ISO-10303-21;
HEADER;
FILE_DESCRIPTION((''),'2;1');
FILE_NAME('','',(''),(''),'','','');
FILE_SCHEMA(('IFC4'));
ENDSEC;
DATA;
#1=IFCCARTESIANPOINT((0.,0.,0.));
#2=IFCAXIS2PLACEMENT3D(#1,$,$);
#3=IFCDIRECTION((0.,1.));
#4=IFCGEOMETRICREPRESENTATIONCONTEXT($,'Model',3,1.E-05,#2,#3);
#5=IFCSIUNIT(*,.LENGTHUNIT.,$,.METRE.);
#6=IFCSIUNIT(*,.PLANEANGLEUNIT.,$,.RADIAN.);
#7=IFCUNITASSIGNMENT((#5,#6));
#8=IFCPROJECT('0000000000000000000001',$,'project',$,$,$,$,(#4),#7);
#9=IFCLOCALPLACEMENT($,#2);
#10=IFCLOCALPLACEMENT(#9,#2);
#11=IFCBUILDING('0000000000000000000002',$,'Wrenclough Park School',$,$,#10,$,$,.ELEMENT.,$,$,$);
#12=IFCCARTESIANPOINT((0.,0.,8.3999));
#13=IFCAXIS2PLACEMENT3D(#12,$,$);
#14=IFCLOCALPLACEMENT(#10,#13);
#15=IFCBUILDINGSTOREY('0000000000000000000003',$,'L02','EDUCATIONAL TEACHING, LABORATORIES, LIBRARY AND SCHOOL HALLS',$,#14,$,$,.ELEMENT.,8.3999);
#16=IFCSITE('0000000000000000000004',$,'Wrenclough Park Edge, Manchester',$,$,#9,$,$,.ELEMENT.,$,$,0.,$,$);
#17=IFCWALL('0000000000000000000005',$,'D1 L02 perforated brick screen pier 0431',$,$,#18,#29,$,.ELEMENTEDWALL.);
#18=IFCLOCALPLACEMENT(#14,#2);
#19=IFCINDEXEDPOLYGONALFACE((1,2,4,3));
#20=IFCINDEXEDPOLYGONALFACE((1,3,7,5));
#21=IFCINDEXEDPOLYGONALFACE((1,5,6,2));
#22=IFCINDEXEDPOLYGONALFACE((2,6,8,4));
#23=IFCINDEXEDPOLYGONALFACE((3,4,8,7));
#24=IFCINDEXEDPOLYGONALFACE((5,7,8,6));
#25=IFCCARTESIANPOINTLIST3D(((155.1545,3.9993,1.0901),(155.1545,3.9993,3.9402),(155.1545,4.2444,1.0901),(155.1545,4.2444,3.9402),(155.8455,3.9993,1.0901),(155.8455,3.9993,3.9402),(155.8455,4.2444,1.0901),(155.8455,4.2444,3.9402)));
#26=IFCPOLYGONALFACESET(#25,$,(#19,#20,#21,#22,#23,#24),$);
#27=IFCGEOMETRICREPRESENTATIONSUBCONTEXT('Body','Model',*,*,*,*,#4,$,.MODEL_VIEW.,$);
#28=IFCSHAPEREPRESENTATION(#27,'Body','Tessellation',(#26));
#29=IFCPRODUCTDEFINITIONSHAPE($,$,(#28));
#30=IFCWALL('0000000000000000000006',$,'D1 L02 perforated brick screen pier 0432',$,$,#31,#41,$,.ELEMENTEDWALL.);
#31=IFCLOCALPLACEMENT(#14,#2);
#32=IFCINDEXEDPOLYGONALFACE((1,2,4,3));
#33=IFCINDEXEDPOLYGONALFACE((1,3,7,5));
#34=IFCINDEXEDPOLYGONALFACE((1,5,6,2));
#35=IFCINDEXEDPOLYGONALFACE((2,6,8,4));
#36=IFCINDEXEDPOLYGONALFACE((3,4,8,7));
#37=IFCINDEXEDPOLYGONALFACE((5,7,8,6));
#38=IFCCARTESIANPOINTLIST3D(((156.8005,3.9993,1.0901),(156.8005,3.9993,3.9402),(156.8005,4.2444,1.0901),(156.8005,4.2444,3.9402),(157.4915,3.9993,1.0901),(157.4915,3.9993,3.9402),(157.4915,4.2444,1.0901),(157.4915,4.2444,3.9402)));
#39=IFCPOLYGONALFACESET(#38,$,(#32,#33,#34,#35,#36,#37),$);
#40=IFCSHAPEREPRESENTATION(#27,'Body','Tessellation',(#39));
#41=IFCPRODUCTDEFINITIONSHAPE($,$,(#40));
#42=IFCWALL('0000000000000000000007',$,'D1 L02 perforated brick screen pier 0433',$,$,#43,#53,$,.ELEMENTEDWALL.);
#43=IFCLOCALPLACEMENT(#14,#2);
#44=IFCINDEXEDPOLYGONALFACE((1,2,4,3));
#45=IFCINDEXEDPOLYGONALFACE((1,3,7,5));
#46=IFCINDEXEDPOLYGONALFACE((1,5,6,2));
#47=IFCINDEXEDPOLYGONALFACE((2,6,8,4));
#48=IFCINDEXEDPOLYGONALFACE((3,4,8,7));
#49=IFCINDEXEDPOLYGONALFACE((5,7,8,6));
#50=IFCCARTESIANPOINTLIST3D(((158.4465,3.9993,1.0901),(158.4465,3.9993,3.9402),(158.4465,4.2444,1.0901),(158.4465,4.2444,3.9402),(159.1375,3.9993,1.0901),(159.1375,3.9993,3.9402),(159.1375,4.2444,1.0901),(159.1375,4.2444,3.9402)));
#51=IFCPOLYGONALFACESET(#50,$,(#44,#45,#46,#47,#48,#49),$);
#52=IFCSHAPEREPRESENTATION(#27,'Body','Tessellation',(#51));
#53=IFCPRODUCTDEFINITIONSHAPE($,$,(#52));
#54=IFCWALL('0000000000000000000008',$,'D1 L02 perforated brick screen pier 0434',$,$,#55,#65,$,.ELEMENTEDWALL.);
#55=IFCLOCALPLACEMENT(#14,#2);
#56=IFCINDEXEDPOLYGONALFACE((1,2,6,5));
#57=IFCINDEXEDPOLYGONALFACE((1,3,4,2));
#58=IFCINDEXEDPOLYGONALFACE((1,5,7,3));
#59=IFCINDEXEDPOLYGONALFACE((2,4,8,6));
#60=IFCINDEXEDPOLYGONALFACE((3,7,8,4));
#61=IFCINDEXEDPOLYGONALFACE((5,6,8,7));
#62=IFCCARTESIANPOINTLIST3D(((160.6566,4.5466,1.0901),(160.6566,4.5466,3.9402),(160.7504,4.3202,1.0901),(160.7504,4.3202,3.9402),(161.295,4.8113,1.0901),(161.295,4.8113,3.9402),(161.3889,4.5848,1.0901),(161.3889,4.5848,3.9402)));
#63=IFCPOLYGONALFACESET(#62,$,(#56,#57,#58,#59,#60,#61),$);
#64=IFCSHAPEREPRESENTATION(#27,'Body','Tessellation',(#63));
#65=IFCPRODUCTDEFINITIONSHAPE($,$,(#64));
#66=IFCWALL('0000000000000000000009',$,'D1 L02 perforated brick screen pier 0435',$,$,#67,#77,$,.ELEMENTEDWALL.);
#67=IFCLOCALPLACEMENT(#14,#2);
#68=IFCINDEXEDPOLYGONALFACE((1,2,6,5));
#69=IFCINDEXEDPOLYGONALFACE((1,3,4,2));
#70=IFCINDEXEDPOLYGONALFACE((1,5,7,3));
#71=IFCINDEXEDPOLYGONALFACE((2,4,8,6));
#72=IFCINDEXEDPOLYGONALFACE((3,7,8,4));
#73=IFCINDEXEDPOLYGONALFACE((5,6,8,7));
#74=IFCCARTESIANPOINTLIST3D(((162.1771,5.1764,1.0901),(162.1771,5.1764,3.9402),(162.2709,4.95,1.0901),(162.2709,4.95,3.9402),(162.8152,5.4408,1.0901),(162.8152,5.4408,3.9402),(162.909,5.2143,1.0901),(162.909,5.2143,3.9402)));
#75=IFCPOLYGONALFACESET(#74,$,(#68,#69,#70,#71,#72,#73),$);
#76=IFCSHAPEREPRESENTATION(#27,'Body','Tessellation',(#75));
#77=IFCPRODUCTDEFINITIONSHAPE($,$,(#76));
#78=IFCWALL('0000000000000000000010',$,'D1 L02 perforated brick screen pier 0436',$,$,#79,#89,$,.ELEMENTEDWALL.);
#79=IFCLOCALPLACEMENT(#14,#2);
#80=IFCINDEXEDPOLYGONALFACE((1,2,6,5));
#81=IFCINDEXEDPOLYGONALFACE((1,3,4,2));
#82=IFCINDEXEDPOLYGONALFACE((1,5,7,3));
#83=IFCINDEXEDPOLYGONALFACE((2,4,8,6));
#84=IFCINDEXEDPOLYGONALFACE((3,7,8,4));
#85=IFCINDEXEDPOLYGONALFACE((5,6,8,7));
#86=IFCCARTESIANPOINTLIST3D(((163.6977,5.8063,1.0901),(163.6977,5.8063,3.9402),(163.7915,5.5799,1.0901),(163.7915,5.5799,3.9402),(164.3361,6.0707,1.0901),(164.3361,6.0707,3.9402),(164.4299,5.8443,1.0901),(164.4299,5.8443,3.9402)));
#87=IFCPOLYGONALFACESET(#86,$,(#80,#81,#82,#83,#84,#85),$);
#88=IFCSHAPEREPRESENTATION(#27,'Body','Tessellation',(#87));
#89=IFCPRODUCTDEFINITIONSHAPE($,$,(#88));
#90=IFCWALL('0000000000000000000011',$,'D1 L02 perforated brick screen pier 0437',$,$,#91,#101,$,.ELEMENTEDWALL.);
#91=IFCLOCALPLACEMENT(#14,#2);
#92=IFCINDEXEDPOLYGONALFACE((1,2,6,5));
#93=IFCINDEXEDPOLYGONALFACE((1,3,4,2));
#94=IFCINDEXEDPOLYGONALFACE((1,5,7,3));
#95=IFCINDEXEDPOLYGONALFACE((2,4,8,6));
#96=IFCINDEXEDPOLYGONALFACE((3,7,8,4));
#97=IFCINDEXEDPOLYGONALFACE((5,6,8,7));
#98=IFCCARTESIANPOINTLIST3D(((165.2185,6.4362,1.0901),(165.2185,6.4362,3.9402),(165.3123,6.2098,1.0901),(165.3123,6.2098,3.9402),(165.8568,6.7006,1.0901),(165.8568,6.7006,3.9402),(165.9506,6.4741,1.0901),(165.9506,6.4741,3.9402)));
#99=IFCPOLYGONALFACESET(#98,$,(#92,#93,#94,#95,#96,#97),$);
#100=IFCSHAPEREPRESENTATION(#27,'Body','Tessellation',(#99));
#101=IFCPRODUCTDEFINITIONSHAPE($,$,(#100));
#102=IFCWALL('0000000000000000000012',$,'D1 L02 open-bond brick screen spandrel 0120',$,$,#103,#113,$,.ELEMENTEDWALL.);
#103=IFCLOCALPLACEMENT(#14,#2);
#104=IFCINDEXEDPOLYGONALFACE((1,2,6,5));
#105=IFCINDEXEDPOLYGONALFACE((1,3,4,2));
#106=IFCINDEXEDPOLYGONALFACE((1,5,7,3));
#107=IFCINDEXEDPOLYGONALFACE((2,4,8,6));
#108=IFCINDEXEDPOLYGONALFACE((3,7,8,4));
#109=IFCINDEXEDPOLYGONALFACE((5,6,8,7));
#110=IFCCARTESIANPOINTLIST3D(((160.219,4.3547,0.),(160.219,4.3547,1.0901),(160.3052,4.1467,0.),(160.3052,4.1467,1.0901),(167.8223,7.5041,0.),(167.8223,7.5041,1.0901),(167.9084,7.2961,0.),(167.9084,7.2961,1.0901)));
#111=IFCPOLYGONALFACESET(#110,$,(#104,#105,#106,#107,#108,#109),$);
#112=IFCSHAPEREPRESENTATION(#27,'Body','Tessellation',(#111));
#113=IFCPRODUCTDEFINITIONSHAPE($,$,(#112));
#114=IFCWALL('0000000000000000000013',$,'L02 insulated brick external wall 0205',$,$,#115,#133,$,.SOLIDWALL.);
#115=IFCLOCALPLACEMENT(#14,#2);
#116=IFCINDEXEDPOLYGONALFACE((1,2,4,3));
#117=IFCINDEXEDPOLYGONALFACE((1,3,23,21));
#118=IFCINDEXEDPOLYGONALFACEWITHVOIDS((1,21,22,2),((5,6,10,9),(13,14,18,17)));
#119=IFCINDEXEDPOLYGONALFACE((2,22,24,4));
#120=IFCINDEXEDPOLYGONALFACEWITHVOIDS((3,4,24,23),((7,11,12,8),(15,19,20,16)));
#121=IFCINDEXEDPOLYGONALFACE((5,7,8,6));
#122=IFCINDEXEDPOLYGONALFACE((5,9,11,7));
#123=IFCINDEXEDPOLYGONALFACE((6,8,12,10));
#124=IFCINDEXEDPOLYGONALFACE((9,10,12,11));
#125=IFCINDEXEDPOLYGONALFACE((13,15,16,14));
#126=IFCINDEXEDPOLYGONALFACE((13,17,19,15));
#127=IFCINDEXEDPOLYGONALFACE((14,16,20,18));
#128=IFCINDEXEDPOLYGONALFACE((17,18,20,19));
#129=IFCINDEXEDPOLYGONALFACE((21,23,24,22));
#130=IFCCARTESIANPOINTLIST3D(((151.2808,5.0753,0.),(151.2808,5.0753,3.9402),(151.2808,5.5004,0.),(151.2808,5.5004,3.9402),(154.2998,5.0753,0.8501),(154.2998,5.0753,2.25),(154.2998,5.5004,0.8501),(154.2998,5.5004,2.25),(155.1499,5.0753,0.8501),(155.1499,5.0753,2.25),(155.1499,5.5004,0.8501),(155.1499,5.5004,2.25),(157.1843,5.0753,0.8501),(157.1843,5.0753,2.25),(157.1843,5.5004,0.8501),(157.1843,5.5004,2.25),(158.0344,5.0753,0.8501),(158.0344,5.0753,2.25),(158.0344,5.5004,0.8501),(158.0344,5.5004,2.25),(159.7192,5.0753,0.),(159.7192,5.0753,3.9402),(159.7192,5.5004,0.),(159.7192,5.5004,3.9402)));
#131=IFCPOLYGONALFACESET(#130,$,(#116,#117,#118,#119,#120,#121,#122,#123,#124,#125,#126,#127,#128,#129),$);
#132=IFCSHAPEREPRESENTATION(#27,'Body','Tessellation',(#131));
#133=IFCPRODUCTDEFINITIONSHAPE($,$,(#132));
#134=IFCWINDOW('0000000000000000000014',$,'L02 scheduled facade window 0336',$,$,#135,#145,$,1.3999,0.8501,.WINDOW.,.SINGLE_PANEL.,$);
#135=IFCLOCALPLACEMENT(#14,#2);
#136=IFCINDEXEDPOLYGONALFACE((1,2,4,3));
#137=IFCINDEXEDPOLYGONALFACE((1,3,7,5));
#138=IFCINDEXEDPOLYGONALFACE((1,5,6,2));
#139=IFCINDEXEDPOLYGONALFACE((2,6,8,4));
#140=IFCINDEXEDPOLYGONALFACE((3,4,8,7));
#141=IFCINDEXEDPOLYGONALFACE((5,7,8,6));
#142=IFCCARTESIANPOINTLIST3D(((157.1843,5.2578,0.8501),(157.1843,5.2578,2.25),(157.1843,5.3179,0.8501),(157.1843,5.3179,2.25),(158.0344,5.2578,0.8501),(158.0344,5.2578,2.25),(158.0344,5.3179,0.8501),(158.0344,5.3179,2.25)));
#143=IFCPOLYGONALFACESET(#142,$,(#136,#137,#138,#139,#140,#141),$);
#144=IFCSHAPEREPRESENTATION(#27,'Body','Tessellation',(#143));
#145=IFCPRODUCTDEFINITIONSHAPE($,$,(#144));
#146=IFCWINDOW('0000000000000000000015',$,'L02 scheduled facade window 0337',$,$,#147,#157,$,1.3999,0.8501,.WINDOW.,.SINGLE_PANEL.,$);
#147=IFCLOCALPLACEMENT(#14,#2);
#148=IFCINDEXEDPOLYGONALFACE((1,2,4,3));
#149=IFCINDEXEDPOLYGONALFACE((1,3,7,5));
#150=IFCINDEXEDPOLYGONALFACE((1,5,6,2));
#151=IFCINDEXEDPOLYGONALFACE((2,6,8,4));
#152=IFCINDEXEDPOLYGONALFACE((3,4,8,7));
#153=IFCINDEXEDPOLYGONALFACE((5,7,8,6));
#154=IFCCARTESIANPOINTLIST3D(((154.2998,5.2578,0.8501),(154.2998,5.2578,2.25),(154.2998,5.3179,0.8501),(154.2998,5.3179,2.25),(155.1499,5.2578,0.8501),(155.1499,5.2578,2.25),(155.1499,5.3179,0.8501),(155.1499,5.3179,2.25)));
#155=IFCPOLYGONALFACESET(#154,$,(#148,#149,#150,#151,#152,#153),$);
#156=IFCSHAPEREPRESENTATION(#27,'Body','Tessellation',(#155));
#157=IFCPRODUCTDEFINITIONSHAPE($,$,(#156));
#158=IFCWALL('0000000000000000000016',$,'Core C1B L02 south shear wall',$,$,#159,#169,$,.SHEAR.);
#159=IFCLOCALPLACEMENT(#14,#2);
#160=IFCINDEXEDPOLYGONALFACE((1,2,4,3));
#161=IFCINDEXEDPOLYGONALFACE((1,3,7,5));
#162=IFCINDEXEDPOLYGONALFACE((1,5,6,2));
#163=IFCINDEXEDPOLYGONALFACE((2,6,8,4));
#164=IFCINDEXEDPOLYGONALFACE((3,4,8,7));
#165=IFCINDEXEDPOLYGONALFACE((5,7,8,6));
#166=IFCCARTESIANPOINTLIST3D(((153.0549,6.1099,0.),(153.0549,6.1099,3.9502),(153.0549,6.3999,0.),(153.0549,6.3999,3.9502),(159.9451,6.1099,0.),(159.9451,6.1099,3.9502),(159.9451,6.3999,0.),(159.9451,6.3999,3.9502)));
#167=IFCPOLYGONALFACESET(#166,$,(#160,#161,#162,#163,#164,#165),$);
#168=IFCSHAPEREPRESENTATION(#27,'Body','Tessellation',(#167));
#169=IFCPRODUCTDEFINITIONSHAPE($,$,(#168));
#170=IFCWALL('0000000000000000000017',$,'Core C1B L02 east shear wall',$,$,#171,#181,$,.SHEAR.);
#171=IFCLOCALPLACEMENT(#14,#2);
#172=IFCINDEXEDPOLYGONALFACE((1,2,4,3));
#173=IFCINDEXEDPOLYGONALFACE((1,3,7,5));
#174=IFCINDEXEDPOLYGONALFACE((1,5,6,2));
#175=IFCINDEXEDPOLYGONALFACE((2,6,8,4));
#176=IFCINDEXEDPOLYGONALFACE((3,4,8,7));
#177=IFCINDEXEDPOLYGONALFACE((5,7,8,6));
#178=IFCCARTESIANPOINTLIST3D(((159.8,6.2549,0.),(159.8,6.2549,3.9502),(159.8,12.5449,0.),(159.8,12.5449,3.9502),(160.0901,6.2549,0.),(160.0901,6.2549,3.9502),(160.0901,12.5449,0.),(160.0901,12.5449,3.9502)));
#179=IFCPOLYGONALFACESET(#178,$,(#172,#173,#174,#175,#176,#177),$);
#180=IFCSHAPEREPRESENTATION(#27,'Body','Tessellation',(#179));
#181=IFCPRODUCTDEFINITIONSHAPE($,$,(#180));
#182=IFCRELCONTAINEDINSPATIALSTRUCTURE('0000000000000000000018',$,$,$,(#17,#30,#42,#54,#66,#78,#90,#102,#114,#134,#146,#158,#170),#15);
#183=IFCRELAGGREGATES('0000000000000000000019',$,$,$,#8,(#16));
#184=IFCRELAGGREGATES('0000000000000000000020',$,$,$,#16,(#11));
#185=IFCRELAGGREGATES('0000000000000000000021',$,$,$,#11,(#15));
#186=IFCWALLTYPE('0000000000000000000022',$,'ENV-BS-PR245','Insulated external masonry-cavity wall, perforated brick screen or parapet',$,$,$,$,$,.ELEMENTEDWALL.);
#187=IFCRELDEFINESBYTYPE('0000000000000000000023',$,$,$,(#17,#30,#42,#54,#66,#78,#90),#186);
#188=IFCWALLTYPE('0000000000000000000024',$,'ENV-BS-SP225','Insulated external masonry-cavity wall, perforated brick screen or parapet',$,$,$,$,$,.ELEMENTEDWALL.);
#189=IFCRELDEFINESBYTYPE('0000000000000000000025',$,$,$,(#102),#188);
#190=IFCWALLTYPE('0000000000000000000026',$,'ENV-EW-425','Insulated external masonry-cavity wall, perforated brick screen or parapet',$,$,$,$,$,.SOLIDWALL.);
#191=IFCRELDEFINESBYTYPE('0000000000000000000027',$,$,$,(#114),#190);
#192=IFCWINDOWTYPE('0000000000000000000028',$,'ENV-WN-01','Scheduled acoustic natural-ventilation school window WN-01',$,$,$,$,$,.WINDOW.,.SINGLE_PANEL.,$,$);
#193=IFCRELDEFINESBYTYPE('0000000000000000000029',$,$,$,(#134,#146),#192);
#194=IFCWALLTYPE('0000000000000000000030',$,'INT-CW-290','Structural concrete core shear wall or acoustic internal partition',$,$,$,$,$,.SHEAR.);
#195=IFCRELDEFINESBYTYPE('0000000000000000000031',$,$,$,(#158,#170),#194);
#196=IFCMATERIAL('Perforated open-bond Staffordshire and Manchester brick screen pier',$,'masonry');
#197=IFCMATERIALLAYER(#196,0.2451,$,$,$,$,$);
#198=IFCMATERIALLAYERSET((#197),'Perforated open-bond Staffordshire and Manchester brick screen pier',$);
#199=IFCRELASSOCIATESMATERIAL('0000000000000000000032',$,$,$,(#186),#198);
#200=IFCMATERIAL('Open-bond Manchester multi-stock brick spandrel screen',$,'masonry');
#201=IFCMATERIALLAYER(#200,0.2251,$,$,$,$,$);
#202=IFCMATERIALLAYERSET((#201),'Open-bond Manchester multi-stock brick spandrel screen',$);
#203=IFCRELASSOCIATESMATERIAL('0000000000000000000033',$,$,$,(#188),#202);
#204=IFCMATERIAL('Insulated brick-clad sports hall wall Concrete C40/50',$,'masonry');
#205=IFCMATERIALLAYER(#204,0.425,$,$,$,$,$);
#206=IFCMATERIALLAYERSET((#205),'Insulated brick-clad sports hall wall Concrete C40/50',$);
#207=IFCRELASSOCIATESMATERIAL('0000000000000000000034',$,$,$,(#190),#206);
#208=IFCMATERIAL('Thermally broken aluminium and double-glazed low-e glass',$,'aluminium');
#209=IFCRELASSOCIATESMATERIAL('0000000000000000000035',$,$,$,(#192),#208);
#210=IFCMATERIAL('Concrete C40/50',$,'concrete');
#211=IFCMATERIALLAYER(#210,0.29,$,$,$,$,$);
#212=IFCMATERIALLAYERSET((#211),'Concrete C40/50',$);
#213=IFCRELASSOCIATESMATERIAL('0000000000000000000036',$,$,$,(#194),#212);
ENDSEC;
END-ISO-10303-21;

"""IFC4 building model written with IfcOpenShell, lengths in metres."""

from ifc_helpers import new_model, si_unit, direction, frame, frame_2d, origin, place, context, subcontext, project, spatial, rectangle, extrude, material, layer, layer_set, type_object, element, fill, save


model = new_model("IFC4")

# Units and contexts
model_context = context("Model", 3, precision=1e-05, world=origin(), true_north=direction((0.0, 1.0)))
body_context = subcontext(model_context, "Body", "Model", "MODEL_VIEW")
ifc_project = project(units=[si_unit("LENGTHUNIT", "METRE"), si_unit("PLANEANGLEUNIT", "RADIAN")], contexts=[model_context])

# Site, building, storey
site_placement = place(None, origin())
site = spatial("IfcSite", under=ifc_project, at=site_placement, Name="Wrenclough Park Edge, Manchester", CompositionType="ELEMENT", RefElevation=0.0)
building_placement = place(site_placement, origin())
building = spatial("IfcBuilding", under=site, at=building_placement, Name="Wrenclough Park School", CompositionType="ELEMENT")
storey_placement = place(building_placement, frame((0.0, 0.0, 8.3999)))
storey = spatial("IfcBuildingStorey", under=building, at=storey_placement, Name="L02", Description="EDUCATIONAL TEACHING, LABORATORIES, LIBRARY AND SCHOOL HALLS", CompositionType="ELEMENT", Elevation=8.3999)

# Shared definitions
ifc_material_1 = material(Name="Concrete C40/50", Category="concrete")

# Walls
ifc_material_2 = material(Name="Perforated open-bond Staffordshire and Manchester brick screen pier", Category="masonry")
ifc_layer_1 = layer(ifc_material_2, 0.2451)
ifc_layer_set_1 = layer_set([ifc_layer_1], Name="Perforated open-bond Staffordshire and Manchester brick screen pier")
wall_type_1 = type_object("IfcWallType", Name="ENV-BS-PR245", Description="Insulated external masonry-cavity wall, perforated brick screen or parapet", PredefinedType="ELEMENTEDWALL", material=ifc_layer_set_1)
for number, where, z_axis, x_axis, name in (
    (1, (155.1545, 4.1218, 1.0901), (0.0, 0.0, 1.0), (1.0, 0.0, 0.0), "D1 L02 perforated brick screen pier 0431"),
    (2, (156.8005, 4.1218, 1.0901), (0.0, 0.0, 1.0), (1.0, 0.0, 0.0), "D1 L02 perforated brick screen pier 0432"),
    (3, (158.4465, 4.1218, 1.0901), (0.0, 0.0, 1.0), (1.0, 0.0, 0.0), "D1 L02 perforated brick screen pier 0433"),
):
    element("IfcWall", number, at=place(storey_placement, frame(where, z_axis=z_axis, x_axis=x_axis)), inside=storey, type_object=wall_type_1, Name=name, PredefinedType="ELEMENTEDWALL", context=body_context, shape_type="SweptSolid", body=[
        extrude(rectangle(XDim=0.6909, YDim=0.2451, at=frame_2d((0.3455, 0.0))), origin(), (0.0, 0.0, 1.0), 2.8501),
    ])
wall_1_placement = place(storey_placement, frame((160.7034, 4.4333, 1.0901), z_axis=(0.0, 0.0, 1.0), x_axis=(0.923776, 0.382934, 0.0)))
element("IfcWall", 4, at=wall_1_placement, inside=storey, type_object=wall_type_1, Name="D1 L02 perforated brick screen pier 0434", PredefinedType="ELEMENTEDWALL", context=body_context, shape_type="SweptSolid", body=[
    extrude(rectangle(XDim=0.6912, YDim=0.2451, at=frame_2d((0.3457, 0.0))), origin(), (0.0, 0.0, 1.0), 2.8501),
])
wall_2_placement = place(storey_placement, frame((162.2241, 5.0632, 1.0901), z_axis=(0.0, 0.0, 1.0), x_axis=(0.923849, 0.382758, 0.0)))
element("IfcWall", 5, at=wall_2_placement, inside=storey, type_object=wall_type_1, Name="D1 L02 perforated brick screen pier 0435", PredefinedType="ELEMENTEDWALL", context=body_context, shape_type="SweptSolid", body=[
    extrude(rectangle(XDim=0.6907, YDim=0.2451, at=frame_2d((0.3452, 0.0))), origin(), (0.0, 0.0, 1.0), 2.8501),
])
for number, where, z_axis, x_axis, name in (
    (6, (163.7446, 5.6931, 1.0901), (0.0, 0.0, 1.0), (0.923901, 0.382633, 0.0), "D1 L02 perforated brick screen pier 0436"),
    (7, (165.2654, 6.323, 1.0901), (0.0, 0.0, 1.0), (0.923901, 0.382633, 0.0), "D1 L02 perforated brick screen pier 0437"),
):
    element("IfcWall", number, at=place(storey_placement, frame(where, z_axis=z_axis, x_axis=x_axis)), inside=storey, type_object=wall_type_1, Name=name, PredefinedType="ELEMENTEDWALL", context=body_context, shape_type="SweptSolid", body=[
        extrude(rectangle(XDim=0.6909, YDim=0.2451, at=frame_2d((0.3455, 0.0))), origin(), (0.0, 0.0, 1.0), 2.8501),
    ])
ifc_material_3 = material(Name="Open-bond Manchester multi-stock brick spandrel screen", Category="masonry")
ifc_layer_2 = layer(ifc_material_3, 0.2251)
ifc_layer_set_2 = layer_set([ifc_layer_2], Name="Open-bond Manchester multi-stock brick spandrel screen")
wall_type_2 = type_object("IfcWallType", Name="ENV-BS-SP225", Description="Insulated external masonry-cavity wall, perforated brick screen or parapet", PredefinedType="ELEMENTEDWALL", material=ifc_layer_set_2)
wall_3_placement = place(storey_placement, frame((160.2622, 4.2507, 0.0), z_axis=(0.0, 0.0, 1.0), x_axis=(0.923878, 0.382687, 0.0)))
element("IfcWall", 8, at=wall_3_placement, inside=storey, type_object=wall_type_2, Name="D1 L02 open-bond brick screen spandrel 0120", PredefinedType="ELEMENTEDWALL", context=body_context, shape_type="SweptSolid", body=[
    extrude(rectangle(XDim=8.2297, YDim=0.2251, at=frame_2d((4.1147, 0.0))), origin(), (0.0, 0.0, 1.0), 1.0901),
])

# Wall, openings, windows
ifc_material_4 = material(Name="Insulated brick-clad sports hall wall Concrete C40/50", Category="masonry")
ifc_layer_3 = layer(ifc_material_4, 0.425)
ifc_layer_set_3 = layer_set([ifc_layer_3], Name="Insulated brick-clad sports hall wall Concrete C40/50")
wall_type_3 = type_object("IfcWallType", Name="ENV-EW-425", Description="Insulated external masonry-cavity wall, perforated brick screen or parapet", PredefinedType="SOLIDWALL", material=ifc_layer_set_3)
wall_4_placement = place(storey_placement, frame((159.7192, 5.2878, 0.0), z_axis=(0.0, 0.0, 1.0), x_axis=(-1.0, 0.0, 0.0)))
wall_4 = element("IfcWall", 9, at=wall_4_placement, inside=storey, type_object=wall_type_3, Name="L02 insulated brick external wall 0205", PredefinedType="SOLIDWALL", context=body_context, shape_type="SweptSolid", body=[
    extrude(rectangle(XDim=8.4385, YDim=0.425, at=frame_2d((4.2192, 0.0))), origin(), (0.0, 0.0, 1.0), 3.9402),
])
opening_1_placement = place(wall_4_placement, frame((1.6848, 0.0, 0.8501)))
opening_1 = element("IfcOpeningElement", 10, at=opening_1_placement, cuts=wall_4, PredefinedType="OPENING", context=body_context, shape_type="SweptSolid", body=[
    extrude(rectangle(XDim=0.8501, YDim=1.3999, at=frame_2d((0.425, 0.7))), frame((0.0, 0.2224, 0.0), z_axis=(0.0, -1.0, 0.0), x_axis=(1.0, 0.0, 0.0)), (0.0, 0.0, 1.0), 0.4451),
])
opening_2_placement = place(wall_4_placement, frame((4.5693, 0.0, 0.8501)))
opening_2 = element("IfcOpeningElement", 11, at=opening_2_placement, cuts=wall_4, PredefinedType="OPENING", context=body_context, shape_type="SweptSolid", body=[
    extrude(rectangle(XDim=0.8501, YDim=1.3999, at=frame_2d((0.425, 0.7))), frame((0.0, 0.2224, 0.0), z_axis=(0.0, -1.0, 0.0), x_axis=(1.0, 0.0, 0.0)), (0.0, 0.0, 1.0), 0.4451),
])
ifc_material_5 = material(Name="Thermally broken aluminium and double-glazed low-e glass", Category="aluminium")
window_type = type_object("IfcWindowType", Name="ENV-WN-01", Description="Scheduled acoustic natural-ventilation school window WN-01", PartitioningType="SINGLE_PANEL", PredefinedType="WINDOW", material=ifc_material_5)
window_1_placement = place(opening_1_placement, origin())
window_1 = element("IfcWindow", 12, at=window_1_placement, inside=storey, type_object=window_type, Name="L02 scheduled facade window 0336", OverallHeight=1.3999, OverallWidth=0.8501, PartitioningType="SINGLE_PANEL", PredefinedType="WINDOW", context=body_context, shape_type="SweptSolid", body=[
    extrude(rectangle(XDim=0.8501, YDim=1.3999, at=frame_2d((0.425, 0.7))), frame((0.0, 0.03, 0.0), z_axis=(0.0, -1.0, 0.0), x_axis=(1.0, 0.0, 0.0)), (0.0, 0.0, 1.0), 0.0601),
])
fill(opening_1, window_1)
window_2_placement = place(opening_2_placement, origin())
window_2 = element("IfcWindow", 13, at=window_2_placement, inside=storey, type_object=window_type, Name="L02 scheduled facade window 0337", OverallHeight=1.3999, OverallWidth=0.8501, PartitioningType="SINGLE_PANEL", PredefinedType="WINDOW", context=body_context, shape_type="SweptSolid", body=[
    extrude(rectangle(XDim=0.8501, YDim=1.3999, at=frame_2d((0.425, 0.7))), frame((0.0, 0.03, 0.0), z_axis=(0.0, -1.0, 0.0), x_axis=(1.0, 0.0, 0.0)), (0.0, 0.0, 1.0), 0.0601),
])
fill(opening_2, window_2)

# Walls
ifc_layer_4 = layer(ifc_material_1, 0.29)
ifc_layer_set_4 = layer_set([ifc_layer_4], Name="Concrete C40/50")
wall_type_4 = type_object("IfcWallType", Name="INT-CW-290", Description="Structural concrete core shear wall or acoustic internal partition", PredefinedType="SHEAR", material=ifc_layer_set_4)
wall_5_placement = place(storey_placement, frame((153.0549, 6.2549, 0.0), z_axis=(0.0, 0.0, 1.0), x_axis=(1.0, 0.0, 0.0)))
element("IfcWall", 14, at=wall_5_placement, inside=storey, type_object=wall_type_4, Name="Core C1B L02 south shear wall", PredefinedType="SHEAR", context=body_context, shape_type="SweptSolid", body=[
    extrude(rectangle(XDim=6.8901, YDim=0.29, at=frame_2d((3.4451, 0.0))), origin(), (0.0, 0.0, 1.0), 3.9502),
])
wall_6_placement = place(storey_placement, frame((159.9451, 6.2549, 0.0), z_axis=(0.0, 0.0, 1.0), x_axis=(0.0, 1.0, 0.0)))
element("IfcWall", 15, at=wall_6_placement, inside=storey, type_object=wall_type_4, Name="Core C1B L02 east shear wall", PredefinedType="SHEAR", context=body_context, shape_type="SweptSolid", body=[
    extrude(rectangle(XDim=6.29, YDim=0.29, at=frame_2d((3.145, 0.0))), origin(), (0.0, 0.0, 1.0), 3.9502),
])

save(model, "model.ifc")
